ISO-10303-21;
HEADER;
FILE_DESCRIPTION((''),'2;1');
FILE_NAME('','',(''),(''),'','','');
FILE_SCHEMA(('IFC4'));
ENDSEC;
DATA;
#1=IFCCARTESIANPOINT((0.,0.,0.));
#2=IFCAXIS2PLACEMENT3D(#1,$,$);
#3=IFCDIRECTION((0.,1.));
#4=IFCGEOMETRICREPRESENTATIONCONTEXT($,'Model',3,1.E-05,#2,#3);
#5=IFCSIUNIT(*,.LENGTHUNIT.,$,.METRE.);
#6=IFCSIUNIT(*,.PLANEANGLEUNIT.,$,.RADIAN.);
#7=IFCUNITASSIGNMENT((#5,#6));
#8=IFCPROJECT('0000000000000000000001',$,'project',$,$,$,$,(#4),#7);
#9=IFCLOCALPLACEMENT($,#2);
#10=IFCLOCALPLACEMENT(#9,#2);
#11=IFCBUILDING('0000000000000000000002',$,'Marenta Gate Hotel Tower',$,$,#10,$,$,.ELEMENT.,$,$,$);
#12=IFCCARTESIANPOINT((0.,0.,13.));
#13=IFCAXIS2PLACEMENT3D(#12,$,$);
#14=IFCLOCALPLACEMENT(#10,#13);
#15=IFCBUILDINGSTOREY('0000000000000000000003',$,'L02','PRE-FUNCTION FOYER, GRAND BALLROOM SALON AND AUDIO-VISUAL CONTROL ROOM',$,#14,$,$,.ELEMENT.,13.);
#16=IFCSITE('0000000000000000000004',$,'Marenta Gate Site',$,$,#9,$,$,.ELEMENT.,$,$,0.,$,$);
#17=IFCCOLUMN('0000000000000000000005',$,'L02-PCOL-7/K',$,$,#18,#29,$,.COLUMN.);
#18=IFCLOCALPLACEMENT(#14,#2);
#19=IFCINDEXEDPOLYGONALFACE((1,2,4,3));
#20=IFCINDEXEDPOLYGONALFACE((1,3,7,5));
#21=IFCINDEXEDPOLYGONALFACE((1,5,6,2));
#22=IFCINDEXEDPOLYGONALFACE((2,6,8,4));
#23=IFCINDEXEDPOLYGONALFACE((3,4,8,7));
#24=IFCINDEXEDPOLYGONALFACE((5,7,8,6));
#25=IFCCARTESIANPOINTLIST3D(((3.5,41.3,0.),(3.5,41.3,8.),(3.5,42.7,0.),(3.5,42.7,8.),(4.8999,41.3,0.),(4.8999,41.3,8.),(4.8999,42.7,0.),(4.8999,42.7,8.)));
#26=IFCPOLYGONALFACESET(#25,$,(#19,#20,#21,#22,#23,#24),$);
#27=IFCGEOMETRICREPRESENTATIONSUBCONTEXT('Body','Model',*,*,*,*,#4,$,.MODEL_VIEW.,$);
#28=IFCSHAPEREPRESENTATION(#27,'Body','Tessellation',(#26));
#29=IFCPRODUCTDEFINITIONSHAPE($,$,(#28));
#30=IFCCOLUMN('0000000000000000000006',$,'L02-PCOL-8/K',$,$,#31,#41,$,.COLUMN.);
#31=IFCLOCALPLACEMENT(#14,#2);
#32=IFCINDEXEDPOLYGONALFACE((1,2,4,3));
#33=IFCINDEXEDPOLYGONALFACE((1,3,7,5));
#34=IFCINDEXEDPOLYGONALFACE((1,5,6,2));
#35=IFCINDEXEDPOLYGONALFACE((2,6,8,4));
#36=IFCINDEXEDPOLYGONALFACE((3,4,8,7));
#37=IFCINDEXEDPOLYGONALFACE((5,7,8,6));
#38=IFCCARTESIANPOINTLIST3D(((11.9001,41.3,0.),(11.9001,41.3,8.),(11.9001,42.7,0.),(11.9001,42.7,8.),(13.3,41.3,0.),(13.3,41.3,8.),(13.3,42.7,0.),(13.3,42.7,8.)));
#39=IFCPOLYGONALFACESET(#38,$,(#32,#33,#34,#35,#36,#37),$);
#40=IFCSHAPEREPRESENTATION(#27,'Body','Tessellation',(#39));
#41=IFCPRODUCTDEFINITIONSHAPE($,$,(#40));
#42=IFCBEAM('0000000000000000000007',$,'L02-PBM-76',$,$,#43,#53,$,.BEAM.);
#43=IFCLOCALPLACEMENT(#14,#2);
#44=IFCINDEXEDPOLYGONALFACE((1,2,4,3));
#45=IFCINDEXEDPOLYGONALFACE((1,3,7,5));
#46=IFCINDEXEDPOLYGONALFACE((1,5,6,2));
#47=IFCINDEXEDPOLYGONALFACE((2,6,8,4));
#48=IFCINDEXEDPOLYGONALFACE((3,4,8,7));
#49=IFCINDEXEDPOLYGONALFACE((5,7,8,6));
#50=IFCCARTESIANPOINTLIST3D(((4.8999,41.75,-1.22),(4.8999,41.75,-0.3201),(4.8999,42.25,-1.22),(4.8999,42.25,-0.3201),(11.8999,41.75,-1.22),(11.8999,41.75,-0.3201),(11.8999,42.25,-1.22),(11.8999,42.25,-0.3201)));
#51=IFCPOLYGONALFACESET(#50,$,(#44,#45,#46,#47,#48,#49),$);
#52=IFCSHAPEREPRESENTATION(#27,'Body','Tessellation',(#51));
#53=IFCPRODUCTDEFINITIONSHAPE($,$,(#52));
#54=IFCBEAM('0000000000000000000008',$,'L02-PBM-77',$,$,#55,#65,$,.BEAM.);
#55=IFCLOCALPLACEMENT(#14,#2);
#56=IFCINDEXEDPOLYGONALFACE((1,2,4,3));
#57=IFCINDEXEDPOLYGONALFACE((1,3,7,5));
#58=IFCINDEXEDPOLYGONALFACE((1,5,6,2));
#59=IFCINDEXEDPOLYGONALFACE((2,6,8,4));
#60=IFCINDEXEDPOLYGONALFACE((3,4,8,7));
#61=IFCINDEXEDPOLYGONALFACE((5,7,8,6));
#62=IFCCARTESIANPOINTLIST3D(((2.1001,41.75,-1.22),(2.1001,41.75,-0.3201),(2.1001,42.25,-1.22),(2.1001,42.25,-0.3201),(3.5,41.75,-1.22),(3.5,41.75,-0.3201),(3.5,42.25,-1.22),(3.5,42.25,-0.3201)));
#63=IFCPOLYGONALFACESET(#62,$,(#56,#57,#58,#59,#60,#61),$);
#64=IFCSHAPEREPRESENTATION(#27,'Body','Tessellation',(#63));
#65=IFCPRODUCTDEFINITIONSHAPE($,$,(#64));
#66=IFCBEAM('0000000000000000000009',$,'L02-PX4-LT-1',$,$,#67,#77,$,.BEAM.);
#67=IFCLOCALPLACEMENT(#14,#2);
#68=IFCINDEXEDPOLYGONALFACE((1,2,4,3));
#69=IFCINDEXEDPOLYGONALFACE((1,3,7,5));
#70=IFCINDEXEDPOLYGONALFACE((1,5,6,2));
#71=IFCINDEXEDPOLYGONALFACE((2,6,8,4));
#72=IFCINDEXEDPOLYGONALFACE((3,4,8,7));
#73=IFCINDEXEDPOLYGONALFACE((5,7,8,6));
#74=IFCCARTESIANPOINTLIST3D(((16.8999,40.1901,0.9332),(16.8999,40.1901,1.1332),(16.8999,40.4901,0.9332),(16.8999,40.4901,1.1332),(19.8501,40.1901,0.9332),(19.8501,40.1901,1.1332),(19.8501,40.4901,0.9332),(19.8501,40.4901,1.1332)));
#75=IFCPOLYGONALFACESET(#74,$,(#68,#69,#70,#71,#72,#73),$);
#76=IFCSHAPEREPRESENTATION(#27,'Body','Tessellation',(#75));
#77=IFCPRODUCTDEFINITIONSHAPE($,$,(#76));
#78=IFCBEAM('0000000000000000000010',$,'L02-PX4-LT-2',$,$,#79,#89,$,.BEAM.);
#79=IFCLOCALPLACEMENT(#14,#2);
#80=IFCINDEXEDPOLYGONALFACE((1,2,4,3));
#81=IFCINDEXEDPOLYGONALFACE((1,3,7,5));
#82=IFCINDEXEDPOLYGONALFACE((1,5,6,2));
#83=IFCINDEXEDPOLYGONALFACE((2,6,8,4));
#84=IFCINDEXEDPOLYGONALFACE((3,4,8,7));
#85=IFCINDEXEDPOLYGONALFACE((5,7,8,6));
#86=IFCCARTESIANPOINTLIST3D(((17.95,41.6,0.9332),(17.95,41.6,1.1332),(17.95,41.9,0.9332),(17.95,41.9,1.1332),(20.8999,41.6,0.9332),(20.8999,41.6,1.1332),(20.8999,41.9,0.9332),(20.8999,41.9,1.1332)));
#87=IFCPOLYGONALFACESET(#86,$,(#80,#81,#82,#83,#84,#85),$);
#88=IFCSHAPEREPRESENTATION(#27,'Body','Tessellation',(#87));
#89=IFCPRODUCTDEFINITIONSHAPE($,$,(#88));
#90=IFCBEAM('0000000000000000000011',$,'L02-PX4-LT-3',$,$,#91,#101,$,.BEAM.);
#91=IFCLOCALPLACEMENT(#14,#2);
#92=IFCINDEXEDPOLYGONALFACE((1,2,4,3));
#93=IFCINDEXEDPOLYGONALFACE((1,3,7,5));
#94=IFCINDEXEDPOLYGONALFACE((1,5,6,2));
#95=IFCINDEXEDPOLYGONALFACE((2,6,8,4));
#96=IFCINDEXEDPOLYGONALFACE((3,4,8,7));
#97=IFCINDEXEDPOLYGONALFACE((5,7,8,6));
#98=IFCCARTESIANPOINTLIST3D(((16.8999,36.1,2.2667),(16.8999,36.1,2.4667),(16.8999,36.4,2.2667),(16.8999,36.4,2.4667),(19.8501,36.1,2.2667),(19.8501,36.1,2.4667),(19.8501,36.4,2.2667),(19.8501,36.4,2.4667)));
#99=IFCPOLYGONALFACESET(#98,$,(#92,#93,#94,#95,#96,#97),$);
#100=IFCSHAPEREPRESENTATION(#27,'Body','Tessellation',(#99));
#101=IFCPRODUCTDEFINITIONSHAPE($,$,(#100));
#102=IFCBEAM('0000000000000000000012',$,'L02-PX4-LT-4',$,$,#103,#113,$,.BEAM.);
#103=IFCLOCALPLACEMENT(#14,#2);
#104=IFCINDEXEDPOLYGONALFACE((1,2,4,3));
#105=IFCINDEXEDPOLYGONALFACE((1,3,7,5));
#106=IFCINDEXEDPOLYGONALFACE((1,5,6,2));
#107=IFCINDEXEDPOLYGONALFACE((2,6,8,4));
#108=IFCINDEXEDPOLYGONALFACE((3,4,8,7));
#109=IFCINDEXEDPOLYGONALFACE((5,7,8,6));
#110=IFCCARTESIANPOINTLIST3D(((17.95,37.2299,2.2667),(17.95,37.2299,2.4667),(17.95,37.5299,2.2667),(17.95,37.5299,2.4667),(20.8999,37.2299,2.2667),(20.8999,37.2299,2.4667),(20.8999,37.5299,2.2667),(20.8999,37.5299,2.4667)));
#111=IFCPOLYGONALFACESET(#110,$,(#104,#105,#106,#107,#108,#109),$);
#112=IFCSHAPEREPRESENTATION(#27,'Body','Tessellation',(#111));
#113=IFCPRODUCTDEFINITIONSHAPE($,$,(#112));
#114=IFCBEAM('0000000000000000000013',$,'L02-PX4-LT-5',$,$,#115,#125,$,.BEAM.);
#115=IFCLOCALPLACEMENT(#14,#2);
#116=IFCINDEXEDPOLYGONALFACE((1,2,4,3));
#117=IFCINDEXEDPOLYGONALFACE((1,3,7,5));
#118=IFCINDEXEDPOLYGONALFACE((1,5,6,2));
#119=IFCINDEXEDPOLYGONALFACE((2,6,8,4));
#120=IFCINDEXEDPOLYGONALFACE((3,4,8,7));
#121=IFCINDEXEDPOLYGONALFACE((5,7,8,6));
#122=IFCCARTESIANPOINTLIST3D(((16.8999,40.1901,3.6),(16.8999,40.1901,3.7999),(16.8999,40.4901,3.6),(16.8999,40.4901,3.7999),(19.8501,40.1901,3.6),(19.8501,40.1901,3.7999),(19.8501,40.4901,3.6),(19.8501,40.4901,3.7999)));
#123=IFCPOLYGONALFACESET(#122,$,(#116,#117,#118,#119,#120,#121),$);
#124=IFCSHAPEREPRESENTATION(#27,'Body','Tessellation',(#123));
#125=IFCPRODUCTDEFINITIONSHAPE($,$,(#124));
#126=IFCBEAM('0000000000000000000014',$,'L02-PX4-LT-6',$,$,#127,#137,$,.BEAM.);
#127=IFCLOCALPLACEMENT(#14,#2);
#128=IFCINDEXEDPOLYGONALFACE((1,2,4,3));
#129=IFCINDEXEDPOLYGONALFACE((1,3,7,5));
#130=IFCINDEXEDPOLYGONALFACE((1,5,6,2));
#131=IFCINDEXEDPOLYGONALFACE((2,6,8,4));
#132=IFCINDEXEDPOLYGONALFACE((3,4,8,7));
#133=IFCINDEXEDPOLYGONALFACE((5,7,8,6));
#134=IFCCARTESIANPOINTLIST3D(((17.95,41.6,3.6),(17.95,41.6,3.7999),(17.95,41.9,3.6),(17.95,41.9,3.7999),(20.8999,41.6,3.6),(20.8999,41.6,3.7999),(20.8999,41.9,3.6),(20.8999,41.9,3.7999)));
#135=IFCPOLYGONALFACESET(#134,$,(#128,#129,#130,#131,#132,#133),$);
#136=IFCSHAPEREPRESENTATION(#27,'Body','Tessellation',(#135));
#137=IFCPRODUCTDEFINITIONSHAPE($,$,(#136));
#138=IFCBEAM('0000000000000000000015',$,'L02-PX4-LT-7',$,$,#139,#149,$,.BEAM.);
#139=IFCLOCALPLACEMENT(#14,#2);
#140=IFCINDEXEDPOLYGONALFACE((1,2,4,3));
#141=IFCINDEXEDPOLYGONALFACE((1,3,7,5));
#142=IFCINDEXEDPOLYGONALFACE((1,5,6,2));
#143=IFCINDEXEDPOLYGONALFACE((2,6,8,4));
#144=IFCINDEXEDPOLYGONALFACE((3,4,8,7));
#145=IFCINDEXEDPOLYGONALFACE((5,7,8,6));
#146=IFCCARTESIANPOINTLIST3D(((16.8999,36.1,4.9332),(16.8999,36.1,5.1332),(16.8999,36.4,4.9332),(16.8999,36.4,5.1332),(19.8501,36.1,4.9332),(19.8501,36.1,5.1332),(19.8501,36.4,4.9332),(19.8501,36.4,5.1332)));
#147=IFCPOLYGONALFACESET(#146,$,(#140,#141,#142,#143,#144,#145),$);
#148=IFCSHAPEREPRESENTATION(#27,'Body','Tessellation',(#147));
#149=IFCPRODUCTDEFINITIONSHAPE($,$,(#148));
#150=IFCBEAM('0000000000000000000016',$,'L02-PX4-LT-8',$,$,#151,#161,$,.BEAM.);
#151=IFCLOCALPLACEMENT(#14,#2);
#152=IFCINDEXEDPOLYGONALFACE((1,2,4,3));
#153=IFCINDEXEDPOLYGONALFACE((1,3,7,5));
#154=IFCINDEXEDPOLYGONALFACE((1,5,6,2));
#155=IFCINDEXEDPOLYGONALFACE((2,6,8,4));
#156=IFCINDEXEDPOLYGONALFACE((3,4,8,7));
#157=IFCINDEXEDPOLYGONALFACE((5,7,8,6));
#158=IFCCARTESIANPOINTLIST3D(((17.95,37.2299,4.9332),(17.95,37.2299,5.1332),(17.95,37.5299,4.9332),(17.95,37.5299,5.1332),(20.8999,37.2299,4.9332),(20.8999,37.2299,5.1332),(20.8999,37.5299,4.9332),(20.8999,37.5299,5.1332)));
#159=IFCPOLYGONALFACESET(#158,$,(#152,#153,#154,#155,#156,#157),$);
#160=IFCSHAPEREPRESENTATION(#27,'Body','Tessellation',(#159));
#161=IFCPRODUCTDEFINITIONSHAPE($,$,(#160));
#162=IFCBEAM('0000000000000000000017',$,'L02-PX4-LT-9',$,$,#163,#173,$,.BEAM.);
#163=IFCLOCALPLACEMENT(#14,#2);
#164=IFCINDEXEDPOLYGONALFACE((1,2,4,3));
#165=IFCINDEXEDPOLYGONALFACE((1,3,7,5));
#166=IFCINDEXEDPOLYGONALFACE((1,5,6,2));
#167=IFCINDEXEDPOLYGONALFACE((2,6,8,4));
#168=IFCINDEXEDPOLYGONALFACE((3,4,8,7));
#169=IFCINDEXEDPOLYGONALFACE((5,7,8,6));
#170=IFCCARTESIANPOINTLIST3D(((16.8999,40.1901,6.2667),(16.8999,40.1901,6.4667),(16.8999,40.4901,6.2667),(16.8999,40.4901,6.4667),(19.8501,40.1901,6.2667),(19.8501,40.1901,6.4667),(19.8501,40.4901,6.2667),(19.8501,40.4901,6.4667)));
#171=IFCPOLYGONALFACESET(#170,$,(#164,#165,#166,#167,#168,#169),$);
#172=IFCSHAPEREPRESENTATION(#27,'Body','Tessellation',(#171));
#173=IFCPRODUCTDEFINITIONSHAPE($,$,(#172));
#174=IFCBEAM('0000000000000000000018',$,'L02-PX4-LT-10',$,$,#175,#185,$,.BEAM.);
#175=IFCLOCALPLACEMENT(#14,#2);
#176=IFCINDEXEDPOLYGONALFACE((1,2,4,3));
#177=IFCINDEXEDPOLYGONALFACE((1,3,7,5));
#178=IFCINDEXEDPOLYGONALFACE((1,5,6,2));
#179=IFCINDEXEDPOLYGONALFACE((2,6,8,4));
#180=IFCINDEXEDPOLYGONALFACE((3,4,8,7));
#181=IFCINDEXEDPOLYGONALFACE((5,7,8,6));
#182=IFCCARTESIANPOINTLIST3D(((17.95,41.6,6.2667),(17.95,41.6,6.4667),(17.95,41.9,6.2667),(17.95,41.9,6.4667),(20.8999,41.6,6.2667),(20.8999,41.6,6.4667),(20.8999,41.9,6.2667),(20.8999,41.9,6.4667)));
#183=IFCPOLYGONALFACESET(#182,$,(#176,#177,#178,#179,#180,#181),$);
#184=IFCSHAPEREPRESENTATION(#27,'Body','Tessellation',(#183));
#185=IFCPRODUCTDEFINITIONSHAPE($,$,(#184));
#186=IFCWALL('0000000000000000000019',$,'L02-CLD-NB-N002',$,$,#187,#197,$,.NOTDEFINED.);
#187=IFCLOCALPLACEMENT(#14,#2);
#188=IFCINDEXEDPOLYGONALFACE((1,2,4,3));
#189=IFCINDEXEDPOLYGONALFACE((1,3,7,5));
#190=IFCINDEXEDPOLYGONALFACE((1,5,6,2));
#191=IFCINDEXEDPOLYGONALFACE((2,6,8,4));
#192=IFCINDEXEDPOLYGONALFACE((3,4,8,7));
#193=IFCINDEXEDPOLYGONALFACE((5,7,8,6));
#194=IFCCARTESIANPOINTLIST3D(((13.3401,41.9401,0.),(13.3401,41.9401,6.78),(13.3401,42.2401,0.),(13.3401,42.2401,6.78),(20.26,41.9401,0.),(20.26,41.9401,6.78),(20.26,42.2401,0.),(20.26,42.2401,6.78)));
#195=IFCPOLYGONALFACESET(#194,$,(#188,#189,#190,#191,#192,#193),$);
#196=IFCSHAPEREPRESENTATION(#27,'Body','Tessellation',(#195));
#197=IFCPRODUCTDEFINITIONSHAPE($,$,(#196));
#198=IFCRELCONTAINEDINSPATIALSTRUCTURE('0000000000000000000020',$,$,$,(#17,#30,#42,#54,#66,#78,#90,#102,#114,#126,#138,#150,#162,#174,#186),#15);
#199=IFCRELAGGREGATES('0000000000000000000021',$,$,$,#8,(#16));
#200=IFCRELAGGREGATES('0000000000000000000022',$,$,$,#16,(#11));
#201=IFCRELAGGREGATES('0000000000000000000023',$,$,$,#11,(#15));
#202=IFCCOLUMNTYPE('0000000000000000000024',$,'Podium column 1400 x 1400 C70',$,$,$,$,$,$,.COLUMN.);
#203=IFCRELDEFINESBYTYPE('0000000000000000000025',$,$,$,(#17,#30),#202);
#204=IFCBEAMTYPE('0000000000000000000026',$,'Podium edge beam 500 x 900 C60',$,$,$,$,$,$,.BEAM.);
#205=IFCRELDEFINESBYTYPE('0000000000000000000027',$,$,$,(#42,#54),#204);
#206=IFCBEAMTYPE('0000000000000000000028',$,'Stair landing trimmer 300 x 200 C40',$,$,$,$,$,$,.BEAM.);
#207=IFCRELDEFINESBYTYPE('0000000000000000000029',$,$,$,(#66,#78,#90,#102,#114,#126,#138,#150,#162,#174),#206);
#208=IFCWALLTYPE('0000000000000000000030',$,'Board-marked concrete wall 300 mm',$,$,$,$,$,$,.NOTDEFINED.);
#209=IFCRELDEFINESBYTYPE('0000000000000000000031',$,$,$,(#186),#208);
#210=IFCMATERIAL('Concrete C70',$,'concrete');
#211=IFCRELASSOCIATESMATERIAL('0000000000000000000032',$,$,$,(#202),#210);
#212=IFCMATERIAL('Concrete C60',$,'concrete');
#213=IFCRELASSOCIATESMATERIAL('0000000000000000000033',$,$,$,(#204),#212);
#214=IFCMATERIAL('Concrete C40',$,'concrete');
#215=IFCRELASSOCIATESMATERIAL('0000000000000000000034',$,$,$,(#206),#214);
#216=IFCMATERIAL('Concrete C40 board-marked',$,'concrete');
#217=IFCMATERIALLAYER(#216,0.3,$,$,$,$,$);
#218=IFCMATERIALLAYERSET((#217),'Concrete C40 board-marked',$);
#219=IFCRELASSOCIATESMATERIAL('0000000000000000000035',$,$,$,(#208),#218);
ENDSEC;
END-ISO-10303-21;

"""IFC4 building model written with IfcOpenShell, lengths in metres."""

from ifc_helpers import new_model, si_unit, direction, frame, frame_2d, origin, origin_2d, place, context, subcontext, project, spatial, rectangle, extrude, material, layer, layer_set, material_profile, profile_set, type_object, element, save


model = new_model("IFC4")

# Units and contexts
model_context = context("Model", 3, precision=1e-05, world=origin(), true_north=direction((0.0, 1.0)))
body_context = subcontext(model_context, "Body", "Model", "MODEL_VIEW")
ifc_project = project(units=[si_unit("LENGTHUNIT", "METRE"), si_unit("PLANEANGLEUNIT", "RADIAN")], contexts=[model_context])

# Site, building, storey
site_placement = place(None, origin())
site = spatial("IfcSite", under=ifc_project, at=site_placement, Name="Marenta Gate Site", CompositionType="ELEMENT", RefElevation=0.0)
building_placement = place(site_placement, origin())
building = spatial("IfcBuilding", under=site, at=building_placement, Name="Marenta Gate Hotel Tower", CompositionType="ELEMENT")
storey_placement = place(building_placement, frame((0.0, 0.0, 13.0)))
storey = spatial("IfcBuildingStorey", under=building, at=storey_placement, Name="L02", Description="PRE-FUNCTION FOYER, GRAND BALLROOM SALON AND AUDIO-VISUAL CONTROL ROOM", CompositionType="ELEMENT", Elevation=13.0)

# Columns
ifc_material_1 = material(Name="Concrete C70", Category="concrete")
ifc_material_profile_1 = material_profile(ifc_material_1, rectangle(XDim=1.3999, YDim=1.3999, at=origin_2d()), Name="1400 x 1400")
ifc_profile_set_1 = profile_set([ifc_material_profile_1], Name="Concrete C70")
column_type = type_object("IfcColumnType", Name="Podium column 1400 x 1400 C70", PredefinedType="COLUMN", material=ifc_profile_set_1)
for number, where, z_axis, x_axis, name in (
    (1, (4.2, 42.0, 0.0), (0.0, 0.0, 1.0), (1.0, 0.0, 0.0), "L02-PCOL-7/K"),
    (2, (12.6001, 42.0, 0.0), (0.0, 0.0, 1.0), (1.0, 0.0, 0.0), "L02-PCOL-8/K"),
):
    element("IfcColumn", number, at=place(storey_placement, frame(where, z_axis=z_axis, x_axis=x_axis)), inside=storey, type_object=column_type, Name=name, PredefinedType="COLUMN", context=body_context, shape_type="SweptSolid", body=[
        extrude(rectangle(XDim=1.3999, YDim=1.3999, at=origin_2d()), origin(), (0.0, 0.0, 1.0), 8.0),
    ])

# Beams
ifc_material_2 = material(Name="Concrete C60", Category="concrete")
ifc_material_profile_2 = material_profile(ifc_material_2, rectangle(XDim=0.5, YDim=0.8999, at=origin_2d()), Name="500 x 900")
ifc_profile_set_2 = profile_set([ifc_material_profile_2], Name="Concrete C60")
beam_type_1 = type_object("IfcBeamType", Name="Podium edge beam 500 x 900 C60", PredefinedType="BEAM", material=ifc_profile_set_2)
beam_1_placement = place(storey_placement, frame((11.8999, 42.0, -0.77), z_axis=(-1.0, 0.0, 0.0), x_axis=(0.0, -1.0, 0.0)))
element("IfcBeam", 3, at=beam_1_placement, inside=storey, type_object=beam_type_1, Name="L02-PBM-76", PredefinedType="BEAM", context=body_context, shape_type="SweptSolid", body=[
    extrude(rectangle(XDim=0.5, YDim=0.8999, at=origin_2d()), origin(), (0.0, 0.0, 1.0), 7.0),
])
beam_2_placement = place(storey_placement, frame((3.5, 42.0, -0.77), z_axis=(-1.0, 0.0, 0.0), x_axis=(0.0, -1.0, 0.0)))
element("IfcBeam", 4, at=beam_2_placement, inside=storey, type_object=beam_type_1, Name="L02-PBM-77", PredefinedType="BEAM", context=body_context, shape_type="SweptSolid", body=[
    extrude(rectangle(XDim=0.5, YDim=0.8999, at=origin_2d()), origin(), (0.0, 0.0, 1.0), 1.3999),
])
ifc_material_3 = material(Name="Concrete C40", Category="concrete")
ifc_material_profile_3 = material_profile(ifc_material_3, rectangle(XDim=0.3, YDim=0.2, at=origin_2d()), Name="300 x 200")
ifc_profile_set_3 = profile_set([ifc_material_profile_3], Name="Concrete C40")
beam_type_2 = type_object("IfcBeamType", Name="Stair landing trimmer 300 x 200 C40", PredefinedType="BEAM", material=ifc_profile_set_3)
beam_3_placement = place(storey_placement, frame((16.8999, 40.3401, 1.0332), z_axis=(1.0, 0.0, 0.0), x_axis=(0.0, 1.0, 0.0)))
element("IfcBeam", 5, at=beam_3_placement, inside=storey, type_object=beam_type_2, Name="L02-PX4-LT-1", PredefinedType="BEAM", context=body_context, shape_type="SweptSolid", body=[
    extrude(rectangle(XDim=0.3, YDim=0.2, at=origin_2d()), origin(), (0.0, 0.0, 1.0), 2.9502),
])
beam_4_placement = place(storey_placement, frame((17.95, 41.75, 1.0332), z_axis=(1.0, 0.0, 0.0), x_axis=(0.0, 1.0, 0.0)))
element("IfcBeam", 6, at=beam_4_placement, inside=storey, type_object=beam_type_2, Name="L02-PX4-LT-2", PredefinedType="BEAM", context=body_context, shape_type="SweptSolid", body=[
    extrude(rectangle(XDim=0.3, YDim=0.2, at=origin_2d()), origin(), (0.0, 0.0, 1.0), 2.95),
])
beam_5_placement = place(storey_placement, frame((16.8999, 36.25, 2.3667), z_axis=(1.0, 0.0, 0.0), x_axis=(0.0, 1.0, 0.0)))
element("IfcBeam", 7, at=beam_5_placement, inside=storey, type_object=beam_type_2, Name="L02-PX4-LT-3", PredefinedType="BEAM", context=body_context, shape_type="SweptSolid", body=[
    extrude(rectangle(XDim=0.3, YDim=0.2, at=origin_2d()), origin(), (0.0, 0.0, 1.0), 2.9502),
])
beam_6_placement = place(storey_placement, frame((17.95, 37.3799, 2.3667), z_axis=(1.0, 0.0, 0.0), x_axis=(0.0, 1.0, 0.0)))
element("IfcBeam", 8, at=beam_6_placement, inside=storey, type_object=beam_type_2, Name="L02-PX4-LT-4", PredefinedType="BEAM", context=body_context, shape_type="SweptSolid", body=[
    extrude(rectangle(XDim=0.3, YDim=0.2, at=origin_2d()), origin(), (0.0, 0.0, 1.0), 2.95),
])
beam_7_placement = place(storey_placement, frame((16.8999, 40.3401, 3.7), z_axis=(1.0, 0.0, 0.0), x_axis=(0.0, 1.0, 0.0)))
element("IfcBeam", 9, at=beam_7_placement, inside=storey, type_object=beam_type_2, Name="L02-PX4-LT-5", PredefinedType="BEAM", context=body_context, shape_type="SweptSolid", body=[
    extrude(rectangle(XDim=0.3, YDim=0.2, at=origin_2d()), origin(), (0.0, 0.0, 1.0), 2.9502),
])
beam_8_placement = place(storey_placement, frame((17.95, 41.75, 3.7), z_axis=(1.0, 0.0, 0.0), x_axis=(0.0, 1.0, 0.0)))
element("IfcBeam", 10, at=beam_8_placement, inside=storey, type_object=beam_type_2, Name="L02-PX4-LT-6", PredefinedType="BEAM", context=body_context, shape_type="SweptSolid", body=[
    extrude(rectangle(XDim=0.3, YDim=0.2, at=origin_2d()), origin(), (0.0, 0.0, 1.0), 2.95),
])
beam_9_placement = place(storey_placement, frame((16.8999, 36.25, 5.0332), z_axis=(1.0, 0.0, 0.0), x_axis=(0.0, 1.0, 0.0)))
element("IfcBeam", 11, at=beam_9_placement, inside=storey, type_object=beam_type_2, Name="L02-PX4-LT-7", PredefinedType="BEAM", context=body_context, shape_type="SweptSolid", body=[
    extrude(rectangle(XDim=0.3, YDim=0.2, at=origin_2d()), origin(), (0.0, 0.0, 1.0), 2.9502),
])
beam_10_placement = place(storey_placement, frame((17.95, 37.3799, 5.0332), z_axis=(1.0, 0.0, 0.0), x_axis=(0.0, 1.0, 0.0)))
element("IfcBeam", 12, at=beam_10_placement, inside=storey, type_object=beam_type_2, Name="L02-PX4-LT-8", PredefinedType="BEAM", context=body_context, shape_type="SweptSolid", body=[
    extrude(rectangle(XDim=0.3, YDim=0.2, at=origin_2d()), origin(), (0.0, 0.0, 1.0), 2.95),
])
beam_11_placement = place(storey_placement, frame((16.8999, 40.3401, 6.3667), z_axis=(1.0, 0.0, 0.0), x_axis=(0.0, 1.0, 0.0)))
element("IfcBeam", 13, at=beam_11_placement, inside=storey, type_object=beam_type_2, Name="L02-PX4-LT-9", PredefinedType="BEAM", context=body_context, shape_type="SweptSolid", body=[
    extrude(rectangle(XDim=0.3, YDim=0.2, at=origin_2d()), origin(), (0.0, 0.0, 1.0), 2.9502),
])
beam_12_placement = place(storey_placement, frame((17.95, 41.75, 6.3667), z_axis=(1.0, 0.0, 0.0), x_axis=(0.0, 1.0, 0.0)))
element("IfcBeam", 14, at=beam_12_placement, inside=storey, type_object=beam_type_2, Name="L02-PX4-LT-10", PredefinedType="BEAM", context=body_context, shape_type="SweptSolid", body=[
    extrude(rectangle(XDim=0.3, YDim=0.2, at=origin_2d()), origin(), (0.0, 0.0, 1.0), 2.95),
])

# Wall
ifc_material_4 = material(Name="Concrete C40 board-marked", Category="concrete")
ifc_layer_1 = layer(ifc_material_4, 0.3)
ifc_layer_set_1 = layer_set([ifc_layer_1], Name="Concrete C40 board-marked")
wall_type_1 = type_object("IfcWallType", Name="Board-marked concrete wall 300 mm", PredefinedType="NOTDEFINED", material=ifc_layer_set_1)
wall_1_placement = place(storey_placement, frame((20.26, 42.0901, 0.0), z_axis=(0.0, 0.0, 1.0), x_axis=(-1.0, 0.0, 0.0)))
element("IfcWall", 15, at=wall_1_placement, inside=storey, type_object=wall_type_1, Name="L02-CLD-NB-N002", PredefinedType="NOTDEFINED", context=body_context, shape_type="SweptSolid", body=[
    extrude(rectangle(XDim=6.9199, YDim=0.3, at=frame_2d((3.46, 0.0))), origin(), (0.0, 0.0, 1.0), 6.78),
])

save(model, "model.ifc")
